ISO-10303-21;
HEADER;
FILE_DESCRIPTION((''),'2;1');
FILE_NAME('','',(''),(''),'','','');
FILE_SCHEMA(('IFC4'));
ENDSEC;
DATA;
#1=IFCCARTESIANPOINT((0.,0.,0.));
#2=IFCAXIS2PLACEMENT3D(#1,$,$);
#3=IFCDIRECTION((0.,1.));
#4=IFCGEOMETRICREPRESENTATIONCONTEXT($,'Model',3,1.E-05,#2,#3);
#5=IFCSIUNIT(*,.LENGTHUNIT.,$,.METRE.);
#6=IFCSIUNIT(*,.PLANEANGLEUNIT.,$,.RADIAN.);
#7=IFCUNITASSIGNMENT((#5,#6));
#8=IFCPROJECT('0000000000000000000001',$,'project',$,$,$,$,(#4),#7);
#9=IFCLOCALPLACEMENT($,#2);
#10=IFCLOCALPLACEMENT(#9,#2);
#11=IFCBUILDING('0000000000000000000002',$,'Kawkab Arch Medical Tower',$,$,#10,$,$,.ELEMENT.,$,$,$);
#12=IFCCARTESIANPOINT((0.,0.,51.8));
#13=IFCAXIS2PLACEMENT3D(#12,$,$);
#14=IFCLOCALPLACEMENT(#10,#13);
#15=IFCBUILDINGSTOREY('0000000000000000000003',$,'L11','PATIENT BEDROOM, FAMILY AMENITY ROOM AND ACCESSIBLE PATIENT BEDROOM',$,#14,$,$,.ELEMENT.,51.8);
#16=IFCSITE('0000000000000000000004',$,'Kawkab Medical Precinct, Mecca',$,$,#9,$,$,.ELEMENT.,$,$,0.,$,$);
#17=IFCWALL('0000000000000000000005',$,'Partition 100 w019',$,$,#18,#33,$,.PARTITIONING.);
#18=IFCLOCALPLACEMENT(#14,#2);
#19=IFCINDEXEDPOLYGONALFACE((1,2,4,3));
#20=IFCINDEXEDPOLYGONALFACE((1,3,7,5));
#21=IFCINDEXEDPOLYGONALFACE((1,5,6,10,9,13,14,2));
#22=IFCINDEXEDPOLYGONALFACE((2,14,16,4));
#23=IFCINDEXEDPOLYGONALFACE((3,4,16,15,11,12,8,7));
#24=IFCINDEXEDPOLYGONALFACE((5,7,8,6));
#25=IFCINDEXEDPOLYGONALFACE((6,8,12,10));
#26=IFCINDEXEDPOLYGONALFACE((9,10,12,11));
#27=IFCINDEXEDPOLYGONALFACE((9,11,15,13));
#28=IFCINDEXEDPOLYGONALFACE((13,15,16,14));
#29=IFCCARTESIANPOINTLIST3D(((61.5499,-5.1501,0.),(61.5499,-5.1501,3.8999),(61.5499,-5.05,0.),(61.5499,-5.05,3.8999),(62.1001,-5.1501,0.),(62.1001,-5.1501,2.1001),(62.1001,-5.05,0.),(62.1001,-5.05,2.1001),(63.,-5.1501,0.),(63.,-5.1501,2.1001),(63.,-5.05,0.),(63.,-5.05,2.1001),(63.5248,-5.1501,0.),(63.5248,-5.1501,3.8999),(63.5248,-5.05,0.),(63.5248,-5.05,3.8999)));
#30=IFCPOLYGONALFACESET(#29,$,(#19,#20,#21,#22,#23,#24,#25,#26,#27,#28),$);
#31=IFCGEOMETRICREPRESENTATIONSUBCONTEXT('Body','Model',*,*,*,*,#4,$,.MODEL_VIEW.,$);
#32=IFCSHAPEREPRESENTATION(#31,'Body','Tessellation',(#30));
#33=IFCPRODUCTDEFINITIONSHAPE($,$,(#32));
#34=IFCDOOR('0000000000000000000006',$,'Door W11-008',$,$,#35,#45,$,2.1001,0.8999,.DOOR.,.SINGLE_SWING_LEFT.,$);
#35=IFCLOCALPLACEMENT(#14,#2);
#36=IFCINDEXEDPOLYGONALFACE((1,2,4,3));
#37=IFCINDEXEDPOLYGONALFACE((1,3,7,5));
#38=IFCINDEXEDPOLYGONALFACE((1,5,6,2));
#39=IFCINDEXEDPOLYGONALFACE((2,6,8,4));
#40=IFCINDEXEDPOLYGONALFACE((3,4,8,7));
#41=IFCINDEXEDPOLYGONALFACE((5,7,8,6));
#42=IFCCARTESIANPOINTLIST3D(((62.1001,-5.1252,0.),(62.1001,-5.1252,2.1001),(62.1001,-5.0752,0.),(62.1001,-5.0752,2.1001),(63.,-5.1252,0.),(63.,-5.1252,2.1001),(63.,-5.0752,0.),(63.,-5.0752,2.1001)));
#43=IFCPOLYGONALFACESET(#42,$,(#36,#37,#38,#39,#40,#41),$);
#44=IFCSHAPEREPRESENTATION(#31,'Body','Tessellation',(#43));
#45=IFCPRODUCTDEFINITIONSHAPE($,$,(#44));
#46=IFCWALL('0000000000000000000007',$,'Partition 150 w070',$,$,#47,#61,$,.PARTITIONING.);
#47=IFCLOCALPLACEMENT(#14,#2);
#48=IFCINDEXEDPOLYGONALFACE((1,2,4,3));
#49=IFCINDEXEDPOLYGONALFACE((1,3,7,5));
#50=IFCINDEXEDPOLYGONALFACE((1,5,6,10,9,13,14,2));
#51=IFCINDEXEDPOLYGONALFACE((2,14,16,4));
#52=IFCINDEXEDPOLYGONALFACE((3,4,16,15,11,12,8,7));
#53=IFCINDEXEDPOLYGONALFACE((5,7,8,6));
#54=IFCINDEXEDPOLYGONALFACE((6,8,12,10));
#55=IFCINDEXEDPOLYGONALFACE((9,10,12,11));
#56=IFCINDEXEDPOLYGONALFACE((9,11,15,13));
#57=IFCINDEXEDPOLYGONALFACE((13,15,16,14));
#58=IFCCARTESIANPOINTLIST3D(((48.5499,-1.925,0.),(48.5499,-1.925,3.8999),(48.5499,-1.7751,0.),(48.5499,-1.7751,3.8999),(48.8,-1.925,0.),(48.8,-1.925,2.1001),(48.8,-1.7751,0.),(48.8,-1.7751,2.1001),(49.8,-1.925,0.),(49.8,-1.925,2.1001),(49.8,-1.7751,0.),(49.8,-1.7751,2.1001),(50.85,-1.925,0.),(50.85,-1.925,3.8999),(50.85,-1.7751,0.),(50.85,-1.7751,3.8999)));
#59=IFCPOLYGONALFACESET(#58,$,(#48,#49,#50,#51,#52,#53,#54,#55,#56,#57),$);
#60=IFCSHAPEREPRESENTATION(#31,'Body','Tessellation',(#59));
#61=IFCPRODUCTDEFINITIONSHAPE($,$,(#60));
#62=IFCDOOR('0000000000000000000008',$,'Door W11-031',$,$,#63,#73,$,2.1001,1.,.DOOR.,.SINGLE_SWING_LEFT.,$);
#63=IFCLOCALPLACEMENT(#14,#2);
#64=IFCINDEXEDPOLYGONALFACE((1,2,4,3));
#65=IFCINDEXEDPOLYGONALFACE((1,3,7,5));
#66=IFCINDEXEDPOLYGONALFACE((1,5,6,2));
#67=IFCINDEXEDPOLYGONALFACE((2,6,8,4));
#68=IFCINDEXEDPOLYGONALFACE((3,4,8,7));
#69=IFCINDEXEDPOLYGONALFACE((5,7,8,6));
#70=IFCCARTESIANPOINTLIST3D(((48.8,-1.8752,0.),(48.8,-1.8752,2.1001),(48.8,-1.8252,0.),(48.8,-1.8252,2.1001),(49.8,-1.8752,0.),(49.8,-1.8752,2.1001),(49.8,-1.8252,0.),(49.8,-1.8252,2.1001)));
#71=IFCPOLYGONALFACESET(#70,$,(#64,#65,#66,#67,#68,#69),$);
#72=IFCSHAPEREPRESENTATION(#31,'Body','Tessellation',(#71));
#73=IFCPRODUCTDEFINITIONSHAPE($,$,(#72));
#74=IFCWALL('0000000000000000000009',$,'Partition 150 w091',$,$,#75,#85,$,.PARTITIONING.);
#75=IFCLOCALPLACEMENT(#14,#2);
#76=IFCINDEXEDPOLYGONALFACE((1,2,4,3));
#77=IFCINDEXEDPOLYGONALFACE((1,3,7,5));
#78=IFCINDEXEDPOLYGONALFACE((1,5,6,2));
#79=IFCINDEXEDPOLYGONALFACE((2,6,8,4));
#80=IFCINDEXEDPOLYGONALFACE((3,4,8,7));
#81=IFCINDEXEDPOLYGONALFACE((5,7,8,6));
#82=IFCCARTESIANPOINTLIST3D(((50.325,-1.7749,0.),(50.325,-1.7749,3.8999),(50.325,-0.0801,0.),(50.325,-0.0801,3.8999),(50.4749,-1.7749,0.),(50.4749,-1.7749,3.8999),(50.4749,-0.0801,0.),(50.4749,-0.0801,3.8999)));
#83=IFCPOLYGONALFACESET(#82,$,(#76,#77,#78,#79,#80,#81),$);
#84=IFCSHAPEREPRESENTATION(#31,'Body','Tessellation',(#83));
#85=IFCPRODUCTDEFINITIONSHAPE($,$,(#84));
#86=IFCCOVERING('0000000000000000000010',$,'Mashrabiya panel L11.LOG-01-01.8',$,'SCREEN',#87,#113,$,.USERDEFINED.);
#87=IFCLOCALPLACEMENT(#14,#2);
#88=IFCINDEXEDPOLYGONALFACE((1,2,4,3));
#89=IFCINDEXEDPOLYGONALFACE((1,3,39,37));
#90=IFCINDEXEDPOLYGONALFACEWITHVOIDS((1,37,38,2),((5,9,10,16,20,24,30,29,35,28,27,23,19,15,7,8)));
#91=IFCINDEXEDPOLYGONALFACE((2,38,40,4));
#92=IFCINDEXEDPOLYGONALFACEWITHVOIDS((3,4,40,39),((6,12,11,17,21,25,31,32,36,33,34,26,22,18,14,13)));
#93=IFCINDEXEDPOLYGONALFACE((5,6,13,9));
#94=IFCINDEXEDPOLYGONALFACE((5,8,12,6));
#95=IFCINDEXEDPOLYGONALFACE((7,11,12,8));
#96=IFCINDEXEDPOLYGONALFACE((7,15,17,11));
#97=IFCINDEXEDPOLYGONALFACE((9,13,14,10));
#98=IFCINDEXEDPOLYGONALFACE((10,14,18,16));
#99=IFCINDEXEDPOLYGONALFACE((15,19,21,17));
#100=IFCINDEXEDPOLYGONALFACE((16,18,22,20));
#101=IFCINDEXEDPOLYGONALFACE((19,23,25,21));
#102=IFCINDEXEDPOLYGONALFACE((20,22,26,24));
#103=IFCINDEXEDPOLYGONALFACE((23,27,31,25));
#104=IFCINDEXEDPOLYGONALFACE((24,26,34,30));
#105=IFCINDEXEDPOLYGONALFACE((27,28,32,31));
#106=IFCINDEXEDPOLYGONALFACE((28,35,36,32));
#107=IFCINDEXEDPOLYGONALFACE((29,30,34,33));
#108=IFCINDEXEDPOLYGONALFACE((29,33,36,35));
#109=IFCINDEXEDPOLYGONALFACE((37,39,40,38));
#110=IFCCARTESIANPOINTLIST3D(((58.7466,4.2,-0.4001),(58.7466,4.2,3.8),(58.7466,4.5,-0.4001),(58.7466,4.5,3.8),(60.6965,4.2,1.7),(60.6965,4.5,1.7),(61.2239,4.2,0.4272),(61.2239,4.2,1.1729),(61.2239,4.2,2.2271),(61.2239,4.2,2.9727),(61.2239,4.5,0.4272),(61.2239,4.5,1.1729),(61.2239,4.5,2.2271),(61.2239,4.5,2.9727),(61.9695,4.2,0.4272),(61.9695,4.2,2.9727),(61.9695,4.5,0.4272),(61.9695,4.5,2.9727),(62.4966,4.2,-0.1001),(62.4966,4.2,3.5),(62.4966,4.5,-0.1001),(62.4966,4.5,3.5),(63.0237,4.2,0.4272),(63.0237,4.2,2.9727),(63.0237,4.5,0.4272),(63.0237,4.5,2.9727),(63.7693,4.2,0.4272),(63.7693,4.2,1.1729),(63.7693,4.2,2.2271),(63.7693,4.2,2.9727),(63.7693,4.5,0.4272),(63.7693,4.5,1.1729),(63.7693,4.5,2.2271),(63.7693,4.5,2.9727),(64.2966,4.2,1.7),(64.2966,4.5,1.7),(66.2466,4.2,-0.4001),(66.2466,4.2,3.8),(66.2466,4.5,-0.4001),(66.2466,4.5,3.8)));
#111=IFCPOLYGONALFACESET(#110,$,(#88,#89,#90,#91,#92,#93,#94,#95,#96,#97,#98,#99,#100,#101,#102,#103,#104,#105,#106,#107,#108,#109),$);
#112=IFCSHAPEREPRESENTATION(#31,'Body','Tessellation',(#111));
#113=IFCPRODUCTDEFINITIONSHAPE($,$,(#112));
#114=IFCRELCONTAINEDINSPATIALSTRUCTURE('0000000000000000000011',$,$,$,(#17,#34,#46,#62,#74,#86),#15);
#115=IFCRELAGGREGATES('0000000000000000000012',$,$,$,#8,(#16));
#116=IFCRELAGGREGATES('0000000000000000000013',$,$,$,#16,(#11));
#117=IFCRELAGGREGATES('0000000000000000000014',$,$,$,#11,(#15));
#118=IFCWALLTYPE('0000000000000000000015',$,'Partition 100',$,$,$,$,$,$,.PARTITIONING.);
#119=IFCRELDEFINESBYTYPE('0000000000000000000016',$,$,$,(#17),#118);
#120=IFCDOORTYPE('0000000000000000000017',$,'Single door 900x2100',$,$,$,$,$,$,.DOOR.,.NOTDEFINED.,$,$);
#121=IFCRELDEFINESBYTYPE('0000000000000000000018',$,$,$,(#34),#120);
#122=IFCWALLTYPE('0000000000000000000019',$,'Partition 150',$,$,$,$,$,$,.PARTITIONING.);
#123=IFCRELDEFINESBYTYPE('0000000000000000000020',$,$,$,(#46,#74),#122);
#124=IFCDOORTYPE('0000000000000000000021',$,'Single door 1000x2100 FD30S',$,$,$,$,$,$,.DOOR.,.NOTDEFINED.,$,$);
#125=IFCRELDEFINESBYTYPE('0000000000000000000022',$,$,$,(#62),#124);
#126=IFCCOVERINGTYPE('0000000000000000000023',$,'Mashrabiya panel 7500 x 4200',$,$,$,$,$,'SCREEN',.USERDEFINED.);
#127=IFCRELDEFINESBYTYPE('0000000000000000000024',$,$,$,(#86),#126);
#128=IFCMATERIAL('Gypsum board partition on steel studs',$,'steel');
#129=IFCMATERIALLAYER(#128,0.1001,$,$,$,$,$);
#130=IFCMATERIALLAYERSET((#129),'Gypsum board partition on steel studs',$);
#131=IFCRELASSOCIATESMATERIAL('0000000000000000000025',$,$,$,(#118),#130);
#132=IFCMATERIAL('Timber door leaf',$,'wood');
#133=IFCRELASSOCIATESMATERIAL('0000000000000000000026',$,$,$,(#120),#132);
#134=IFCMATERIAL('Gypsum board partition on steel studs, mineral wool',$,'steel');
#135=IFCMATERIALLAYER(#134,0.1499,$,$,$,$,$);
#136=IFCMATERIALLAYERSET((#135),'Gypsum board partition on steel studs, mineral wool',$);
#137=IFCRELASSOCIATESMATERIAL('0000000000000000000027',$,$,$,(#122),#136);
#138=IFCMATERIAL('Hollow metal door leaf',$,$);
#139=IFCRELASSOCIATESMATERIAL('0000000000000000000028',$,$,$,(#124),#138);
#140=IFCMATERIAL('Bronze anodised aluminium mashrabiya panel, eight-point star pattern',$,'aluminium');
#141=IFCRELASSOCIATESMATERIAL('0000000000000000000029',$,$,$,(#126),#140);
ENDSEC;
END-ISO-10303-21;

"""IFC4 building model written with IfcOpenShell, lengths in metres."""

from ifc_helpers import new_model, si_unit, direction, frame, frame_2d, origin, place, context, subcontext, project, spatial, polyline, rectangle, outline, extrude, material, layer, layer_set, material_profile, profile_set, type_object, element, fill, save


model = new_model("IFC4")

# Units and contexts
model_context = context("Model", 3, precision=1e-05, world=origin(), true_north=direction((0.0, 1.0)))
body_context = subcontext(model_context, "Body", "Model", "MODEL_VIEW")
ifc_project = project(units=[si_unit("LENGTHUNIT", "METRE"), si_unit("PLANEANGLEUNIT", "RADIAN")], contexts=[model_context])

# Site, building, storey
site_placement = place(None, origin())
site = spatial("IfcSite", under=ifc_project, at=site_placement, Name="Kawkab Medical Precinct, Mecca", CompositionType="ELEMENT", RefElevation=0.0)
building_placement = place(site_placement, origin())
building = spatial("IfcBuilding", under=site, at=building_placement, Name="Kawkab Arch Medical Tower", CompositionType="ELEMENT")
storey_placement = place(building_placement, frame((0.0, 0.0, 51.8)))
storey = spatial("IfcBuildingStorey", under=building, at=storey_placement, Name="L11", Description="PATIENT BEDROOM, FAMILY AMENITY ROOM AND ACCESSIBLE PATIENT BEDROOM", CompositionType="ELEMENT", Elevation=51.8)

# Shared definitions
ifc_material_1 = material(Name="Gypsum board partition on steel studs", Category="steel")
ifc_layer_1 = layer(ifc_material_1, 0.1001)
ifc_layer_set_1 = layer_set([ifc_layer_1], Name="Gypsum board partition on steel studs")
wall_type_1 = type_object("IfcWallType", Name="Partition 100", PredefinedType="PARTITIONING", material=ifc_layer_set_1)

# Walls, openings, doors
wall_1_placement = place(storey_placement, frame((61.55, -5.1001, 0.0), z_axis=(0.0, 0.0, 1.0), x_axis=(1.0, 0.0, 0.0)))
wall_1 = element("IfcWall", 1, at=wall_1_placement, inside=storey, type_object=wall_type_1, Name="Partition 100 w019", PredefinedType="PARTITIONING", context=body_context, shape_type="SweptSolid", body=[
    extrude(rectangle(XDim=1.9749, YDim=0.1001, at=frame_2d((0.9873, 0.0))), origin(), (0.0, 0.0, 1.0), 3.8999),
])
opening_1_placement = place(wall_1_placement, frame((0.55, 0.0, 0.0)))
opening_1 = element("IfcOpeningElement", 2, at=opening_1_placement, cuts=wall_1, PredefinedType="OPENING", context=body_context, shape_type="SweptSolid", body=[
    extrude(rectangle(XDim=0.8999, YDim=2.1001, at=frame_2d((0.45, 1.05))), frame((0.0, 0.0601, 0.0), z_axis=(0.0, -1.0, 0.0), x_axis=(1.0, 0.0, 0.0)), (0.0, 0.0, 1.0), 0.1201),
])
ifc_material_2 = material(Name="Timber door leaf", Category="wood")
door_type_1 = type_object("IfcDoorType", Name="Single door 900x2100", OperationType="NOTDEFINED", PredefinedType="DOOR", material=ifc_material_2)
door_1_placement = place(opening_1_placement, origin())
door_1 = element("IfcDoor", 3, at=door_1_placement, inside=storey, type_object=door_type_1, Name="Door W11-008", OperationType="SINGLE_SWING_LEFT", OverallHeight=2.1001, OverallWidth=0.8999, PredefinedType="DOOR", context=body_context, shape_type="SweptSolid", body=[
    extrude(rectangle(XDim=0.8999, YDim=2.1001, at=frame_2d((0.45, 1.05))), frame((0.0, 0.0249, 0.0), z_axis=(0.0, -1.0, 0.0), x_axis=(1.0, 0.0, 0.0)), (0.0, 0.0, 1.0), 0.05),
])
fill(opening_1, door_1)
ifc_material_3 = material(Name="Gypsum board partition on steel studs, mineral wool", Category="steel")
ifc_layer_2 = layer(ifc_material_3, 0.1499)
ifc_layer_set_2 = layer_set([ifc_layer_2], Name="Gypsum board partition on steel studs, mineral wool")
wall_type_2 = type_object("IfcWallType", Name="Partition 150", PredefinedType="PARTITIONING", material=ifc_layer_set_2)
wall_2_placement = place(storey_placement, frame((48.55, -1.8501, 0.0), z_axis=(0.0, 0.0, 1.0), x_axis=(1.0, 0.0, 0.0)))
wall_2 = element("IfcWall", 4, at=wall_2_placement, inside=storey, type_object=wall_type_2, Name="Partition 150 w070", PredefinedType="PARTITIONING", context=body_context, shape_type="SweptSolid", body=[
    extrude(rectangle(XDim=2.3, YDim=0.1499, at=frame_2d((1.1499, 0.0))), origin(), (0.0, 0.0, 1.0), 3.8999),
])
opening_2_placement = place(wall_2_placement, frame((0.25, 0.0, 0.0)))
opening_2 = element("IfcOpeningElement", 5, at=opening_2_placement, cuts=wall_2, PredefinedType="OPENING", context=body_context, shape_type="SweptSolid", body=[
    extrude(rectangle(XDim=1.0, YDim=2.1001, at=frame_2d((0.5, 1.05))), frame((0.0, 0.085, 0.0), z_axis=(0.0, -1.0, 0.0), x_axis=(1.0, 0.0, 0.0)), (0.0, 0.0, 1.0), 0.1699),
])
ifc_material_4 = material(Name="Hollow metal door leaf")
door_type_2 = type_object("IfcDoorType", Name="Single door 1000x2100 FD30S", OperationType="NOTDEFINED", PredefinedType="DOOR", material=ifc_material_4)
door_2_placement = place(opening_2_placement, origin())
door_2 = element("IfcDoor", 6, at=door_2_placement, inside=storey, type_object=door_type_2, Name="Door W11-031", OperationType="SINGLE_SWING_LEFT", OverallHeight=2.1001, OverallWidth=1.0, PredefinedType="DOOR", context=body_context, shape_type="SweptSolid", body=[
    extrude(rectangle(XDim=1.0, YDim=2.1001, at=frame_2d((0.5, 1.05))), frame((0.0, 0.0249, 0.0), z_axis=(0.0, -1.0, 0.0), x_axis=(1.0, 0.0, 0.0)), (0.0, 0.0, 1.0), 0.05),
])
fill(opening_2, door_2)

# Wall
wall_3_placement = place(storey_placement, frame((50.3999, -1.7749, 0.0), z_axis=(0.0, 0.0, 1.0), x_axis=(0.0, 1.0, 0.0)))
element("IfcWall", 7, at=wall_3_placement, inside=storey, type_object=wall_type_2, Name="Partition 150 w091", PredefinedType="PARTITIONING", context=body_context, shape_type="SweptSolid", body=[
    extrude(rectangle(XDim=1.6948, YDim=0.1499, at=frame_2d((0.8474, 0.0))), origin(), (0.0, 0.0, 1.0), 3.8999),
])

# Covering
ifc_material_5 = material(Name="Bronze anodised aluminium mashrabiya panel, eight-point star pattern", Category="aluminium")
ifc_material_profile_1 = material_profile(ifc_material_5, outline(polyline([(-3.75, -2.1001), (3.75, -2.1001), (3.75, 2.1001), (-3.75, 2.1001), (-3.75, -2.1001)]), holes=[polyline([(1.8, 0.0), (1.2727, 0.5271), (1.2727, 1.2727), (0.5271, 1.2727), (0.0, 1.8), (-0.5271, 1.2727), (-1.2727, 1.2727), (-1.2727, 0.5271), (-1.8, 0.0), (-1.2727, -0.5271), (-1.2727, -1.2727), (-0.5271, -1.2727), (0.0, -1.8), (0.5271, -1.2727), (1.2727, -1.2727), (1.2727, -0.5271), (1.8, 0.0)])]), Name="Mashrabiya panel 7500x4200")
ifc_profile_set_1 = profile_set([ifc_material_profile_1], Name="Bronze anodised aluminium mashrabiya panel, eight-point star pattern")
covering_type = type_object("IfcCoveringType", Name="Mashrabiya panel 7500 x 4200", ElementType="SCREEN", PredefinedType="USERDEFINED", material=ifc_profile_set_1)
covering_placement = place(storey_placement, frame((62.4966, 4.2, 1.7), z_axis=(0.0, 1.0, 0.0), x_axis=(-1.0, 0.0, 0.0)))
element("IfcCovering", 8, at=covering_placement, inside=storey, type_object=covering_type, Name="Mashrabiya panel L11.LOG-01-01.8", ObjectType="SCREEN", PredefinedType="USERDEFINED", context=body_context, shape_type="SweptSolid", body=[
    extrude(outline(polyline([(-3.75, -2.1001), (3.75, -2.1001), (3.75, 2.1001), (-3.75, 2.1001), (-3.75, -2.1001)]), holes=[polyline([(1.8, 0.0), (1.2727, 0.5271), (1.2727, 1.2727), (0.5271, 1.2727), (0.0, 1.8), (-0.5271, 1.2727), (-1.2727, 1.2727), (-1.2727, 0.5271), (-1.8, 0.0), (-1.2727, -0.5271), (-1.2727, -1.2727), (-0.5271, -1.2727), (0.0, -1.8), (0.5271, -1.2727), (1.2727, -1.2727), (1.2727, -0.5271), (1.8, 0.0)])]), origin(), (0.0, 0.0, 1.0), 0.3),
])

save(model, "model.ifc")
